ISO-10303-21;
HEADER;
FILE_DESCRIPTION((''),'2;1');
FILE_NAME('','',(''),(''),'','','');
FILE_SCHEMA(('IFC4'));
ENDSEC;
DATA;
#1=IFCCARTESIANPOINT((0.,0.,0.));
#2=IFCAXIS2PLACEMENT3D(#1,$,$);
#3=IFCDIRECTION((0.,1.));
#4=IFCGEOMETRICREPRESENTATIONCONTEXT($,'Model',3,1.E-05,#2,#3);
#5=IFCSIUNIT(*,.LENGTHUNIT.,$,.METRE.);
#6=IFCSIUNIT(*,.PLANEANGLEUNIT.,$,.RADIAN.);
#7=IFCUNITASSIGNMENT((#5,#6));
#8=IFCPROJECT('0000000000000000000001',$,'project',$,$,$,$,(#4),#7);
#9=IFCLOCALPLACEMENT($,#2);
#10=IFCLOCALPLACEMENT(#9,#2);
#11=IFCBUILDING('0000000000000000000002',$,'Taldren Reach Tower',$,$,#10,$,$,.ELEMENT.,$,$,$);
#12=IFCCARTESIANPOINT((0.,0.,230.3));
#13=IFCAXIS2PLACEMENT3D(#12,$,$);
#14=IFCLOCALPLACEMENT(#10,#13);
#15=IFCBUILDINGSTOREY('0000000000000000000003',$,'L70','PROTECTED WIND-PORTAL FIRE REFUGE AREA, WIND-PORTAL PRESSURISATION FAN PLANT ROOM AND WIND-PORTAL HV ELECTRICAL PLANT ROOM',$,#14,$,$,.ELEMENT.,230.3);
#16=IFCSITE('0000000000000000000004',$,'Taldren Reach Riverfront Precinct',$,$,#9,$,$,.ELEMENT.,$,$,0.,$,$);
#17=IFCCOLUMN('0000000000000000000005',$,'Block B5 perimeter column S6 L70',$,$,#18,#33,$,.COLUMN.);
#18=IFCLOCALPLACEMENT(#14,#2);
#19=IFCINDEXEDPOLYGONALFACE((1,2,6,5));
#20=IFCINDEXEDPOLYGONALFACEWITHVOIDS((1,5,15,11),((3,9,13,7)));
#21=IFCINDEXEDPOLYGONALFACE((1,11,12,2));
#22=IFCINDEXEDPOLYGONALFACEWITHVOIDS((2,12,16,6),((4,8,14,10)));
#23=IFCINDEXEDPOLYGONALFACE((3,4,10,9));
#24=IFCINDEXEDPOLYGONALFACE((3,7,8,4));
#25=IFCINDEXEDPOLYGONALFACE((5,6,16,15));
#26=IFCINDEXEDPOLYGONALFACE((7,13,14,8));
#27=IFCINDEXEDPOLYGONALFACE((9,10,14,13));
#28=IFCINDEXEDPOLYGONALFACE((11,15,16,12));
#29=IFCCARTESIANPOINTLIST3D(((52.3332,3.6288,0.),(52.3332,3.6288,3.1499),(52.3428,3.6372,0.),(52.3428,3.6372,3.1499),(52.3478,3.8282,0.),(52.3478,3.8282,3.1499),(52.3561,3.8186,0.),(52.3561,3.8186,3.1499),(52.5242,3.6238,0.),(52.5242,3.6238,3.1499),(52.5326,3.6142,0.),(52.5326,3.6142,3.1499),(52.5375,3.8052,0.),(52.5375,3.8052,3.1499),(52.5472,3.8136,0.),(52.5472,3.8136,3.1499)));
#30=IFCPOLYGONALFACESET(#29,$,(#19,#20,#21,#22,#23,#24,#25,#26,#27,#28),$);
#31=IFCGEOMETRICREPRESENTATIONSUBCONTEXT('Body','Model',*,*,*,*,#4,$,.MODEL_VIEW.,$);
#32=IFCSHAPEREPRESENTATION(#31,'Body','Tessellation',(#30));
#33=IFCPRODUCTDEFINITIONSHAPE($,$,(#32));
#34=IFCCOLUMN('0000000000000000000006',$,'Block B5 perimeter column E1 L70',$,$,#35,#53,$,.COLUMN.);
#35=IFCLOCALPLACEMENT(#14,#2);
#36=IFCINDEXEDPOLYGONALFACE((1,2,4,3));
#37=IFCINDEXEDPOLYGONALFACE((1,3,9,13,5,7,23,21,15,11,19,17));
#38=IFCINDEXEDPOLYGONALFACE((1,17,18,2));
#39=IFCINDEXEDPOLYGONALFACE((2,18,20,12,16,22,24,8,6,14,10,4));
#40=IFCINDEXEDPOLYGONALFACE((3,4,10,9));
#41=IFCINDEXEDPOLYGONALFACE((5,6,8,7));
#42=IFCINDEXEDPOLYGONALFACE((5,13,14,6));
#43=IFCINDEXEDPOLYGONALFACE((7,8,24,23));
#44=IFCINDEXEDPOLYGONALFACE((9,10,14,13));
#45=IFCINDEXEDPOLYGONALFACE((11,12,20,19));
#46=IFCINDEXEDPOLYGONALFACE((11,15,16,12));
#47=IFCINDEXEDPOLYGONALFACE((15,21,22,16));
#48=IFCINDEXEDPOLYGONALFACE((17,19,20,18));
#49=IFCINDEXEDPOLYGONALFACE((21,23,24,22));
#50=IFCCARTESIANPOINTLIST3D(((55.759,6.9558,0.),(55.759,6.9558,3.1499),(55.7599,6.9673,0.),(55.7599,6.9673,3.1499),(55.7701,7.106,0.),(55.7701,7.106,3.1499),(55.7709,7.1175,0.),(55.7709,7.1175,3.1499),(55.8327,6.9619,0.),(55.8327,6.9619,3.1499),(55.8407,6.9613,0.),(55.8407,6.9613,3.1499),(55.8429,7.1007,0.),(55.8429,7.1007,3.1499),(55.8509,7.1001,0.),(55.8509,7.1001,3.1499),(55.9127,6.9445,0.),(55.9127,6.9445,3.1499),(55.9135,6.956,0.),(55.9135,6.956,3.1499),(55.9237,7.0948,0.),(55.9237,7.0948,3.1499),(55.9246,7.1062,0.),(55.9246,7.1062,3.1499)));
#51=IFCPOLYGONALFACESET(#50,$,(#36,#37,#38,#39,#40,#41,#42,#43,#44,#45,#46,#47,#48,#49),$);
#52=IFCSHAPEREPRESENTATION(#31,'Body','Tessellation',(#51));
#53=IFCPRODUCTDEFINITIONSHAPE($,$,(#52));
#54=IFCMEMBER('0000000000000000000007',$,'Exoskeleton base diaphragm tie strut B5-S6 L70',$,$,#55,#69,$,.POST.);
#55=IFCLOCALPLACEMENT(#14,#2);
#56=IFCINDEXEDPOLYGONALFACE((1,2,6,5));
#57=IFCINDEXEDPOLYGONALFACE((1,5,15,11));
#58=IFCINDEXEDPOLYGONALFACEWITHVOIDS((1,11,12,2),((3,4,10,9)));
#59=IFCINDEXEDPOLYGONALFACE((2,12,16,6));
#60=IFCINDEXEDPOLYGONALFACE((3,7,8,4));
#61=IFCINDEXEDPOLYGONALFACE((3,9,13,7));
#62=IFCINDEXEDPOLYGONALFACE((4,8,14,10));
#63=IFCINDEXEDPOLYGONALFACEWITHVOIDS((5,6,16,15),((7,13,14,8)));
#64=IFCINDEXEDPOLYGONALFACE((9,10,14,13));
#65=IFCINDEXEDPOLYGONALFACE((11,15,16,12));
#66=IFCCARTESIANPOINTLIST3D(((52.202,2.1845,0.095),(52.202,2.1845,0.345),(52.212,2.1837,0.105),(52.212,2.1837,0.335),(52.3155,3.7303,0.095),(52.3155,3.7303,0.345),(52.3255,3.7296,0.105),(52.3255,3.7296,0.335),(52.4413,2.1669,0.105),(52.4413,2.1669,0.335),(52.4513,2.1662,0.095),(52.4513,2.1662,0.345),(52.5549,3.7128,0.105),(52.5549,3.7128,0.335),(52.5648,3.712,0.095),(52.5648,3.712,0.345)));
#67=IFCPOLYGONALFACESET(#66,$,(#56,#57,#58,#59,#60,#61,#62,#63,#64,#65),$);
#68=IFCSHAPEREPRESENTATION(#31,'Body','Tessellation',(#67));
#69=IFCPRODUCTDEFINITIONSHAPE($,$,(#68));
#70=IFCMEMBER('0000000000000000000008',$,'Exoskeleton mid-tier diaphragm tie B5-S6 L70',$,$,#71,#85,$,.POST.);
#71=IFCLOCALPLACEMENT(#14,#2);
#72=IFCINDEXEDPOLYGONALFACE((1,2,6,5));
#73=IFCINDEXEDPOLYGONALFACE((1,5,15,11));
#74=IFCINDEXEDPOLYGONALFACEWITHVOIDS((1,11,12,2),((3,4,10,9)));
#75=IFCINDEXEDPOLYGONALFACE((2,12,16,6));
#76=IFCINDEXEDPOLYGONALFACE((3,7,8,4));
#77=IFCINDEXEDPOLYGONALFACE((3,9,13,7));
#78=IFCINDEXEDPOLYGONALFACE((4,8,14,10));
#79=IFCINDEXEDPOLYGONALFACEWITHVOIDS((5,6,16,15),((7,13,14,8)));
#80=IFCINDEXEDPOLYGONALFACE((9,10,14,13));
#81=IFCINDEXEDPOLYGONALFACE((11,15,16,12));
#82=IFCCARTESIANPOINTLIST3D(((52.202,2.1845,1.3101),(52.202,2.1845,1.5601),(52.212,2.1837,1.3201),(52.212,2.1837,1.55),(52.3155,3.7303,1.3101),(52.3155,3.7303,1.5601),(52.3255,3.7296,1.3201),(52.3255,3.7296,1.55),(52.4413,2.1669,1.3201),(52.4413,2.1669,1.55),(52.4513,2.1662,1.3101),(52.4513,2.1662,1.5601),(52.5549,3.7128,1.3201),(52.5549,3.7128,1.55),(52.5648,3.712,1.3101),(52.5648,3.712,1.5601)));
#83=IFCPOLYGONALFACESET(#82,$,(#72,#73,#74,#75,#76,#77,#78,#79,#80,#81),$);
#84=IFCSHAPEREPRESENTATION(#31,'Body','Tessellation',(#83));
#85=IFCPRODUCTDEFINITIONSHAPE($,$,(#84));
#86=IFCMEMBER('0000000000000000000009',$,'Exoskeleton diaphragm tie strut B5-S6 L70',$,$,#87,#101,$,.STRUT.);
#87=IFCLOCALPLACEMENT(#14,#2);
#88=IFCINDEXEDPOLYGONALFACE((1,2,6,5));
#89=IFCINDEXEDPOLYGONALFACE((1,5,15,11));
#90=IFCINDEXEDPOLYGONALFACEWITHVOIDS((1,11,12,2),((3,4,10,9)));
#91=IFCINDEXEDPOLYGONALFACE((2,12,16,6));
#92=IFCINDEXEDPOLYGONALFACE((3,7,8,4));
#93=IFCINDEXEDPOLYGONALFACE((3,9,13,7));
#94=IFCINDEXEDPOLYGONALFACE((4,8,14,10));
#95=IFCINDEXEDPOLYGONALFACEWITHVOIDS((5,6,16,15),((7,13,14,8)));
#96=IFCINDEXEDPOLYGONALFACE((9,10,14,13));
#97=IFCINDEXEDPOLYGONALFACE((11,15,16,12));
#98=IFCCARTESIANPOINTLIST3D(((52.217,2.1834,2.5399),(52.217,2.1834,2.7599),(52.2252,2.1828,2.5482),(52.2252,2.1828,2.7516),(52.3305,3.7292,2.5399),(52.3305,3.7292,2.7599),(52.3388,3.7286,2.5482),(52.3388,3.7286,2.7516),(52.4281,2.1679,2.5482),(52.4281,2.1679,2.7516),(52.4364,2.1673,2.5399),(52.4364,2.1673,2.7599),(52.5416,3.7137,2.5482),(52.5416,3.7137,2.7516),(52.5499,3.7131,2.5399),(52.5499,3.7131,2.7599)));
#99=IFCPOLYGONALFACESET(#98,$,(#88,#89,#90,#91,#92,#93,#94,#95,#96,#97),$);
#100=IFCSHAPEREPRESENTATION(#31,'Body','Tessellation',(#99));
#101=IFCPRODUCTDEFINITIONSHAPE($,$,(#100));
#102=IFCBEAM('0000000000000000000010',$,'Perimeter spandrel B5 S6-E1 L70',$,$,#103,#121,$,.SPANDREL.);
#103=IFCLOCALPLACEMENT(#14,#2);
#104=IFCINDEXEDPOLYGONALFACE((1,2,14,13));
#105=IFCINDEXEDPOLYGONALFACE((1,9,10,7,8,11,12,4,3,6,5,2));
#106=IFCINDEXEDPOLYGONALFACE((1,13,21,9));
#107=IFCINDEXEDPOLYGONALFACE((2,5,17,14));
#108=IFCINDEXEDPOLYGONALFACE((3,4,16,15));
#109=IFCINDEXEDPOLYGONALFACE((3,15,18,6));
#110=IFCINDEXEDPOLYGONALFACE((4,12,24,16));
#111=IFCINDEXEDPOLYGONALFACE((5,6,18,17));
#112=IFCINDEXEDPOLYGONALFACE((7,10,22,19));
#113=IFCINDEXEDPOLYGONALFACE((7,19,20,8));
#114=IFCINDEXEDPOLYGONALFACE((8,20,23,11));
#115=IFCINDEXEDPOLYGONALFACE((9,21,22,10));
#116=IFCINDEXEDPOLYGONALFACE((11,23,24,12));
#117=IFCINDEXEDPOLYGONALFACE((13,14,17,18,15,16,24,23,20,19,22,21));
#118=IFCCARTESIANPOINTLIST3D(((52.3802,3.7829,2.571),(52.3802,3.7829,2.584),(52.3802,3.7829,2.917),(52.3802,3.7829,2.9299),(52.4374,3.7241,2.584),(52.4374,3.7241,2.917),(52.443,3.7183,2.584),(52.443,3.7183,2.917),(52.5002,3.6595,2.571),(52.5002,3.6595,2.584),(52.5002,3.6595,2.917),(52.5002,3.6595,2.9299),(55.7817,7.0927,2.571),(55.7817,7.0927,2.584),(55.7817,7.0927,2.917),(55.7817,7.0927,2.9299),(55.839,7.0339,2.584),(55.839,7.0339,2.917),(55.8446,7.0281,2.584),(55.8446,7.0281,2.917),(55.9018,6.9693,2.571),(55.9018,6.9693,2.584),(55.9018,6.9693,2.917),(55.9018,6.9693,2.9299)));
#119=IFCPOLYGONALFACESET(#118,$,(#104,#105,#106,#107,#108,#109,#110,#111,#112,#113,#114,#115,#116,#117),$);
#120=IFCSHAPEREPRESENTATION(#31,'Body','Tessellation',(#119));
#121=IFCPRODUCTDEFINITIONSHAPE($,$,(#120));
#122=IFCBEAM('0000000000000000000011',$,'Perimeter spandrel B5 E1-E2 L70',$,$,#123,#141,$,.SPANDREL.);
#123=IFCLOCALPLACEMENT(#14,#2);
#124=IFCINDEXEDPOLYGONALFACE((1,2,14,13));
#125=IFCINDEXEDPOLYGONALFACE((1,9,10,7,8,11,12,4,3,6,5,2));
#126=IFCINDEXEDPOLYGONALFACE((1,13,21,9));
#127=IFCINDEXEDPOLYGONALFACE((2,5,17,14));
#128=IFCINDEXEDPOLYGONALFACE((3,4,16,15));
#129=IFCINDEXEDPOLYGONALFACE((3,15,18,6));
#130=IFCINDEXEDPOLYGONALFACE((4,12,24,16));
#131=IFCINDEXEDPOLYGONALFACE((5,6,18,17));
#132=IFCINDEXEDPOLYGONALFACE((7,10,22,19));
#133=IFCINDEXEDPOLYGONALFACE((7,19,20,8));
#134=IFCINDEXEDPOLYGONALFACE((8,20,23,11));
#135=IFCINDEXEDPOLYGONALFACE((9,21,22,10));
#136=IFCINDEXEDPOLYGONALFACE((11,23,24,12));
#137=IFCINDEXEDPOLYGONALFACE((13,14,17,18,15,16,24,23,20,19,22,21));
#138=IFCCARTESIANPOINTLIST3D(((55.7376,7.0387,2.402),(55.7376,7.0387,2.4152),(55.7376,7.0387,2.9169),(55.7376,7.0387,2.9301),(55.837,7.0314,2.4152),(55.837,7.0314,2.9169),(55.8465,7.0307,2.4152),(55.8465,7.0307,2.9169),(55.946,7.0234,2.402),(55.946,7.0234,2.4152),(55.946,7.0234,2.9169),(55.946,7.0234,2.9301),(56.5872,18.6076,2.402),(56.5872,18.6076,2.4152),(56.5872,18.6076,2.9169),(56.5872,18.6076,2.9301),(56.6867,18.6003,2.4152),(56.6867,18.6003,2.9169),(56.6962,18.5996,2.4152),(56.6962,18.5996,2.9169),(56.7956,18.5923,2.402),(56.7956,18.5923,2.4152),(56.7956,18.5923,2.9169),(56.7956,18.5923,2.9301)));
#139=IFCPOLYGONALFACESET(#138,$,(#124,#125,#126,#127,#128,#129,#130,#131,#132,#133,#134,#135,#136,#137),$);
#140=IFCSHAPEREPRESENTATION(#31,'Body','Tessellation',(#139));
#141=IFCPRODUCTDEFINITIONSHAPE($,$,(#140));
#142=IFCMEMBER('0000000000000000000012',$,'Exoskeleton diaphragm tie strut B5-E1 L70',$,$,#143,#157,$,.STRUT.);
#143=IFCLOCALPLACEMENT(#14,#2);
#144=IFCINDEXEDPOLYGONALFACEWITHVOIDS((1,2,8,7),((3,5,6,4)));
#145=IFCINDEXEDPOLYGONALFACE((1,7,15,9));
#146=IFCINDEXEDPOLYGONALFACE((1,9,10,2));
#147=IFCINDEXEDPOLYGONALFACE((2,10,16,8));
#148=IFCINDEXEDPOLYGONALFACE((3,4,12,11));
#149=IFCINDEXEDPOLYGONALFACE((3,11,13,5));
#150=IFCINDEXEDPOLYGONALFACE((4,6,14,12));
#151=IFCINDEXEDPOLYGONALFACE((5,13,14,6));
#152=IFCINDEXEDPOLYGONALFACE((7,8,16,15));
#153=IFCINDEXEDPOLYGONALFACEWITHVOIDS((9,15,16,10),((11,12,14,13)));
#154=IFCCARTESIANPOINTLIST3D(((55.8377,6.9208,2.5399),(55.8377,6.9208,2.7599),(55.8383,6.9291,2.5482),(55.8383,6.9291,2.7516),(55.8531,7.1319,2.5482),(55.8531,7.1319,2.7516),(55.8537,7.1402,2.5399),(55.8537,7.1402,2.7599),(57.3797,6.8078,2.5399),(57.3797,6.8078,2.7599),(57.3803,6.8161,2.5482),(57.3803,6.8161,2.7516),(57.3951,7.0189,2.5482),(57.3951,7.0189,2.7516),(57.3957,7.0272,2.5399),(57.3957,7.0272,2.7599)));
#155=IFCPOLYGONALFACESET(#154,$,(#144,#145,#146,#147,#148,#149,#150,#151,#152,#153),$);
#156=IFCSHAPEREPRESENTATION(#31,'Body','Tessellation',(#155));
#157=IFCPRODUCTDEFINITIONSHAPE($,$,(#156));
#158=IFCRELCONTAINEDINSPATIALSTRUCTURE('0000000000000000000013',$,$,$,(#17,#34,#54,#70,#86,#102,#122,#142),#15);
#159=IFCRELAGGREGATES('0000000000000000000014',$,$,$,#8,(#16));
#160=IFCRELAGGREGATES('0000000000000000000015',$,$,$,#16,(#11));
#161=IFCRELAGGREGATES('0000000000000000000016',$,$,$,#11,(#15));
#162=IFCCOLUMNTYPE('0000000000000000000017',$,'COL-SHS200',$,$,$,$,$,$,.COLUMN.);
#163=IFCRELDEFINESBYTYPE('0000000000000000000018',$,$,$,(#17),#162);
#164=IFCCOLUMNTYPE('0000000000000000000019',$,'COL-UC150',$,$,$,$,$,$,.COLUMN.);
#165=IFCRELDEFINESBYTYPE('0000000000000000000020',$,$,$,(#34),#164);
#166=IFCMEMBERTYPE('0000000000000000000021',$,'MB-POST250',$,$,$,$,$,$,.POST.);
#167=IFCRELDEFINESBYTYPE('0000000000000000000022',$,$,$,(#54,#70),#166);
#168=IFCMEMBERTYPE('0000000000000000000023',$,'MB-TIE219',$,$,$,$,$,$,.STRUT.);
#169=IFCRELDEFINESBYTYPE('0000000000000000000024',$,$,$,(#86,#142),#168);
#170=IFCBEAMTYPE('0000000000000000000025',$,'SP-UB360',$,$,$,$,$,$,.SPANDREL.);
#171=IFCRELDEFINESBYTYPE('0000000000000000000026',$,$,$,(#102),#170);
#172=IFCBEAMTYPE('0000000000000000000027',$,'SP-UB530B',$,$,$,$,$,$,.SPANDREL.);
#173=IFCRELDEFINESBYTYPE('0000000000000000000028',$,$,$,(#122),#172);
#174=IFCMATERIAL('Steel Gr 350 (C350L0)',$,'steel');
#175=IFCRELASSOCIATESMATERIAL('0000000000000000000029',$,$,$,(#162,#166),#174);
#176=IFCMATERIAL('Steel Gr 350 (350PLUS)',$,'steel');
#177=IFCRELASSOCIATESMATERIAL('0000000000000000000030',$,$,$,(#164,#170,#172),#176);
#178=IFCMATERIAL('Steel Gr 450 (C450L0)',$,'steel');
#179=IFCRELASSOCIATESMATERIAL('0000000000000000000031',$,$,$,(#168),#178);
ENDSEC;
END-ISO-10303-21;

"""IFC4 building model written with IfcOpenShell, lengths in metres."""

from ifc_helpers import new_model, si_unit, direction, frame, origin, origin_2d, place, context, subcontext, project, spatial, hollow_rectangle, i_section, extrude, source, transform, mapped, material, material_profile, profile_set, type_object, element, save


model = new_model("IFC4")

# Units and contexts
model_context = context("Model", 3, precision=1e-05, world=origin(), true_north=direction((0.0, 1.0)))
body_context = subcontext(model_context, "Body", "Model", "MODEL_VIEW")
ifc_project = project(units=[si_unit("LENGTHUNIT", "METRE"), si_unit("PLANEANGLEUNIT", "RADIAN")], contexts=[model_context])

# Site, building, storey
site_placement = place(None, origin())
site = spatial("IfcSite", under=ifc_project, at=site_placement, Name="Taldren Reach Riverfront Precinct", CompositionType="ELEMENT", RefElevation=0.0)
building_placement = place(site_placement, origin())
building = spatial("IfcBuilding", under=site, at=building_placement, Name="Taldren Reach Tower", CompositionType="ELEMENT")
storey_placement = place(building_placement, frame((0.0, 0.0, 230.3)))
storey = spatial("IfcBuildingStorey", under=building, at=storey_placement, Name="L70", Description="PROTECTED WIND-PORTAL FIRE REFUGE AREA, WIND-PORTAL PRESSURISATION FAN PLANT ROOM AND WIND-PORTAL HV ELECTRICAL PLANT ROOM", CompositionType="ELEMENT", Elevation=230.3)

# Columns
ifc_material_1 = material(Name="Steel Gr 350 (C350L0)", Category="steel")
ifc_material_profile_1 = material_profile(ifc_material_1, hollow_rectangle(XDim=0.2, YDim=0.2, WallThickness=0.009, at=origin_2d()), Name="200x200x9.0SHS")
ifc_profile_set_1 = profile_set([ifc_material_profile_1], Name="Steel Gr 350 (C350L0)")
column_type_1 = type_object("IfcColumnType", Name="COL-SHS200", PredefinedType="COLUMN", material=ifc_profile_set_1)
shared_shape_1 = source(origin(), body_context, "Body", "SweptSolid", [
    extrude(hollow_rectangle(XDim=0.2, YDim=0.2, WallThickness=0.009, at=origin_2d()), origin(), (0.0, 0.0, 1.0), 3.1499),
])
column_1_placement = place(storey_placement, frame((52.4402, 3.7212, 0.0), z_axis=(0.0, 0.0, 1.0), x_axis=(0.997314, -0.073238, 0.0)))
element("IfcColumn", 1, at=column_1_placement, inside=storey, type_object=column_type_1, Name="Block B5 perimeter column S6 L70", PredefinedType="COLUMN", context=body_context, shape_type="MappedRepresentation", body=[
    mapped(shared_shape_1, transform((0.0, 0.0, 0.0), scale=1.0)),
])
ifc_material_2 = material(Name="Steel Gr 350 (350PLUS)", Category="steel")
ifc_material_profile_2 = material_profile(ifc_material_2, i_section(OverallWidth=0.1541, OverallDepth=0.1621, WebThickness=0.0081, FlangeThickness=0.0115, at=origin_2d()), Name="150UC37.2")
ifc_profile_set_2 = profile_set([ifc_material_profile_2], Name="Steel Gr 350 (350PLUS)")
column_type_2 = type_object("IfcColumnType", Name="COL-UC150", PredefinedType="COLUMN", material=ifc_profile_set_2)
shared_shape_2 = source(origin(), body_context, "Body", "SweptSolid", [
    extrude(i_section(OverallWidth=0.1541, OverallDepth=0.1621, WebThickness=0.0081, FlangeThickness=0.0115, at=origin_2d()), origin(), (0.0, 0.0, 1.0), 3.1499),
])
column_2_placement = place(storey_placement, frame((55.8418, 7.031, 0.0), z_axis=(0.0, 0.0, 1.0), x_axis=(0.997314, -0.073238, 0.0)))
element("IfcColumn", 2, at=column_2_placement, inside=storey, type_object=column_type_2, Name="Block B5 perimeter column E1 L70", PredefinedType="COLUMN", context=body_context, shape_type="MappedRepresentation", body=[
    mapped(shared_shape_2, transform((0.0, 0.0, 0.0), scale=1.0)),
])

# Members
ifc_material_profile_3 = material_profile(ifc_material_1, hollow_rectangle(XDim=0.25, YDim=0.25, WallThickness=0.01, at=origin_2d()), Name="250x250x10.0SHS")
ifc_profile_set_3 = profile_set([ifc_material_profile_3], Name="Steel Gr 350 (C350L0)")
member_type_1 = type_object("IfcMemberType", Name="MB-POST250", PredefinedType="POST", material=ifc_profile_set_3)
shared_shape_3 = source(origin(), body_context, "Body", "SweptSolid", [
    extrude(hollow_rectangle(XDim=0.25, YDim=0.25, WallThickness=0.01, at=origin_2d()), origin(), (0.0, 0.0, 1.0), 1.55),
])
for number, where, z_axis, x_axis, name in (
    (3, (52.4402, 3.7212, 0.22), (-0.073239, -0.997314, 0.0), (0.997314, -0.073239, 0.0), "Exoskeleton base diaphragm tie strut B5-S6 L70"),
    (4, (52.4402, 3.7212, 1.4351), (-0.073239, -0.997314, 0.0), (0.997314, -0.073239, 0.0), "Exoskeleton mid-tier diaphragm tie B5-S6 L70"),
):
    element("IfcMember", number, at=place(storey_placement, frame(where, z_axis=z_axis, x_axis=x_axis)), inside=storey, type_object=member_type_1, Name=name, PredefinedType="POST", context=body_context, shape_type="MappedRepresentation", body=[
        mapped(shared_shape_3, transform((0.0, 0.0, 0.0), scale=1.0)),
    ])
ifc_material_3 = material(Name="Steel Gr 450 (C450L0)", Category="steel")
ifc_material_profile_4 = material_profile(ifc_material_3, hollow_rectangle(XDim=0.22, YDim=0.22, WallThickness=0.0083, at=origin_2d()), Name="220x220x8.2SHS")
ifc_profile_set_4 = profile_set([ifc_material_profile_4], Name="Steel Gr 450 (C450L0)")
member_type_2 = type_object("IfcMemberType", Name="MB-TIE219", PredefinedType="STRUT", material=ifc_profile_set_4)
shared_shape_4 = source(origin(), body_context, "Body", "SweptSolid", [
    extrude(hollow_rectangle(XDim=0.22, YDim=0.22, WallThickness=0.0083, at=origin_2d()), origin(), (0.0, 0.0, 1.0), 1.55),
])
member_1_placement = place(storey_placement, frame((52.4402, 3.7212, 2.6499), z_axis=(-0.073239, -0.997314, 0.0), x_axis=(0.997314, -0.073239, 0.0)))
element("IfcMember", 5, at=member_1_placement, inside=storey, type_object=member_type_2, Name="Exoskeleton diaphragm tie strut B5-S6 L70", PredefinedType="STRUT", context=body_context, shape_type="MappedRepresentation", body=[
    mapped(shared_shape_4, transform((0.0, 0.0, 0.0), scale=1.0)),
])

# Beams
ifc_material_profile_5 = material_profile(ifc_material_2, i_section(OverallWidth=0.1721, OverallDepth=0.3589, WebThickness=0.0081, FlangeThickness=0.0129, at=origin_2d()), Name="360UB56.7")
ifc_profile_set_5 = profile_set([ifc_material_profile_5], Name="Steel Gr 350 (350PLUS)")
beam_type_1 = type_object("IfcBeamType", Name="SP-UB360", PredefinedType="SPANDREL", material=ifc_profile_set_5)
shared_shape_5 = source(origin(), body_context, "Body", "SweptSolid", [
    extrude(i_section(OverallWidth=0.1721, OverallDepth=0.3589, WebThickness=0.0081, FlangeThickness=0.0129, at=origin_2d()), origin(), (0.0, 0.0, 1.0), 4.7461),
])
beam_1_placement = place(storey_placement, frame((52.4402, 3.7212, 2.7505), z_axis=(0.716711, 0.69737, 0.0), x_axis=(-0.69737, 0.716711, 0.0)))
element("IfcBeam", 6, at=beam_1_placement, inside=storey, type_object=beam_type_1, Name="Perimeter spandrel B5 S6-E1 L70", PredefinedType="SPANDREL", context=body_context, shape_type="MappedRepresentation", body=[
    mapped(shared_shape_5, transform((0.0, 0.0, 0.0), scale=1.0)),
])
ifc_material_profile_6 = material_profile(ifc_material_2, i_section(OverallWidth=0.209, OverallDepth=0.5281, WebThickness=0.0095, FlangeThickness=0.0132, at=origin_2d()), Name="530UB82.0")
ifc_profile_set_6 = profile_set([ifc_material_profile_6], Name="Steel Gr 350 (350PLUS)")
beam_type_2 = type_object("IfcBeamType", Name="SP-UB530B", PredefinedType="SPANDREL", material=ifc_profile_set_6)
shared_shape_6 = source(origin(), body_context, "Body", "SweptSolid", [
    extrude(i_section(OverallWidth=0.209, OverallDepth=0.5281, WebThickness=0.0095, FlangeThickness=0.0132, at=origin_2d()), origin(), (0.0, 0.0, 1.0), 11.6001),
])
beam_2_placement = place(storey_placement, frame((55.8418, 7.031, 2.666), z_axis=(0.073242, 0.997314, 0.0), x_axis=(-0.997314, 0.073242, 0.0)))
element("IfcBeam", 7, at=beam_2_placement, inside=storey, type_object=beam_type_2, Name="Perimeter spandrel B5 E1-E2 L70", PredefinedType="SPANDREL", context=body_context, shape_type="MappedRepresentation", body=[
    mapped(shared_shape_6, transform((0.0, 0.0, 0.0), scale=1.0)),
])

# Member
shared_shape_7 = source(origin(), body_context, "Body", "SweptSolid", [
    extrude(hollow_rectangle(XDim=0.22, YDim=0.22, WallThickness=0.0083, at=origin_2d()), origin(), (0.0, 0.0, 1.0), 1.5461),
])
member_2_placement = place(storey_placement, frame((55.8457, 7.0305, 2.6499), z_axis=(0.997324, -0.07311, 0.0), x_axis=(0.07311, 0.997324, 0.0)))
element("IfcMember", 8, at=member_2_placement, inside=storey, type_object=member_type_2, Name="Exoskeleton diaphragm tie strut B5-E1 L70", PredefinedType="STRUT", context=body_context, shape_type="MappedRepresentation", body=[
    mapped(shared_shape_7, transform((0.0, 0.0, 0.0), scale=1.0)),
])

save(model, "model.ifc")
